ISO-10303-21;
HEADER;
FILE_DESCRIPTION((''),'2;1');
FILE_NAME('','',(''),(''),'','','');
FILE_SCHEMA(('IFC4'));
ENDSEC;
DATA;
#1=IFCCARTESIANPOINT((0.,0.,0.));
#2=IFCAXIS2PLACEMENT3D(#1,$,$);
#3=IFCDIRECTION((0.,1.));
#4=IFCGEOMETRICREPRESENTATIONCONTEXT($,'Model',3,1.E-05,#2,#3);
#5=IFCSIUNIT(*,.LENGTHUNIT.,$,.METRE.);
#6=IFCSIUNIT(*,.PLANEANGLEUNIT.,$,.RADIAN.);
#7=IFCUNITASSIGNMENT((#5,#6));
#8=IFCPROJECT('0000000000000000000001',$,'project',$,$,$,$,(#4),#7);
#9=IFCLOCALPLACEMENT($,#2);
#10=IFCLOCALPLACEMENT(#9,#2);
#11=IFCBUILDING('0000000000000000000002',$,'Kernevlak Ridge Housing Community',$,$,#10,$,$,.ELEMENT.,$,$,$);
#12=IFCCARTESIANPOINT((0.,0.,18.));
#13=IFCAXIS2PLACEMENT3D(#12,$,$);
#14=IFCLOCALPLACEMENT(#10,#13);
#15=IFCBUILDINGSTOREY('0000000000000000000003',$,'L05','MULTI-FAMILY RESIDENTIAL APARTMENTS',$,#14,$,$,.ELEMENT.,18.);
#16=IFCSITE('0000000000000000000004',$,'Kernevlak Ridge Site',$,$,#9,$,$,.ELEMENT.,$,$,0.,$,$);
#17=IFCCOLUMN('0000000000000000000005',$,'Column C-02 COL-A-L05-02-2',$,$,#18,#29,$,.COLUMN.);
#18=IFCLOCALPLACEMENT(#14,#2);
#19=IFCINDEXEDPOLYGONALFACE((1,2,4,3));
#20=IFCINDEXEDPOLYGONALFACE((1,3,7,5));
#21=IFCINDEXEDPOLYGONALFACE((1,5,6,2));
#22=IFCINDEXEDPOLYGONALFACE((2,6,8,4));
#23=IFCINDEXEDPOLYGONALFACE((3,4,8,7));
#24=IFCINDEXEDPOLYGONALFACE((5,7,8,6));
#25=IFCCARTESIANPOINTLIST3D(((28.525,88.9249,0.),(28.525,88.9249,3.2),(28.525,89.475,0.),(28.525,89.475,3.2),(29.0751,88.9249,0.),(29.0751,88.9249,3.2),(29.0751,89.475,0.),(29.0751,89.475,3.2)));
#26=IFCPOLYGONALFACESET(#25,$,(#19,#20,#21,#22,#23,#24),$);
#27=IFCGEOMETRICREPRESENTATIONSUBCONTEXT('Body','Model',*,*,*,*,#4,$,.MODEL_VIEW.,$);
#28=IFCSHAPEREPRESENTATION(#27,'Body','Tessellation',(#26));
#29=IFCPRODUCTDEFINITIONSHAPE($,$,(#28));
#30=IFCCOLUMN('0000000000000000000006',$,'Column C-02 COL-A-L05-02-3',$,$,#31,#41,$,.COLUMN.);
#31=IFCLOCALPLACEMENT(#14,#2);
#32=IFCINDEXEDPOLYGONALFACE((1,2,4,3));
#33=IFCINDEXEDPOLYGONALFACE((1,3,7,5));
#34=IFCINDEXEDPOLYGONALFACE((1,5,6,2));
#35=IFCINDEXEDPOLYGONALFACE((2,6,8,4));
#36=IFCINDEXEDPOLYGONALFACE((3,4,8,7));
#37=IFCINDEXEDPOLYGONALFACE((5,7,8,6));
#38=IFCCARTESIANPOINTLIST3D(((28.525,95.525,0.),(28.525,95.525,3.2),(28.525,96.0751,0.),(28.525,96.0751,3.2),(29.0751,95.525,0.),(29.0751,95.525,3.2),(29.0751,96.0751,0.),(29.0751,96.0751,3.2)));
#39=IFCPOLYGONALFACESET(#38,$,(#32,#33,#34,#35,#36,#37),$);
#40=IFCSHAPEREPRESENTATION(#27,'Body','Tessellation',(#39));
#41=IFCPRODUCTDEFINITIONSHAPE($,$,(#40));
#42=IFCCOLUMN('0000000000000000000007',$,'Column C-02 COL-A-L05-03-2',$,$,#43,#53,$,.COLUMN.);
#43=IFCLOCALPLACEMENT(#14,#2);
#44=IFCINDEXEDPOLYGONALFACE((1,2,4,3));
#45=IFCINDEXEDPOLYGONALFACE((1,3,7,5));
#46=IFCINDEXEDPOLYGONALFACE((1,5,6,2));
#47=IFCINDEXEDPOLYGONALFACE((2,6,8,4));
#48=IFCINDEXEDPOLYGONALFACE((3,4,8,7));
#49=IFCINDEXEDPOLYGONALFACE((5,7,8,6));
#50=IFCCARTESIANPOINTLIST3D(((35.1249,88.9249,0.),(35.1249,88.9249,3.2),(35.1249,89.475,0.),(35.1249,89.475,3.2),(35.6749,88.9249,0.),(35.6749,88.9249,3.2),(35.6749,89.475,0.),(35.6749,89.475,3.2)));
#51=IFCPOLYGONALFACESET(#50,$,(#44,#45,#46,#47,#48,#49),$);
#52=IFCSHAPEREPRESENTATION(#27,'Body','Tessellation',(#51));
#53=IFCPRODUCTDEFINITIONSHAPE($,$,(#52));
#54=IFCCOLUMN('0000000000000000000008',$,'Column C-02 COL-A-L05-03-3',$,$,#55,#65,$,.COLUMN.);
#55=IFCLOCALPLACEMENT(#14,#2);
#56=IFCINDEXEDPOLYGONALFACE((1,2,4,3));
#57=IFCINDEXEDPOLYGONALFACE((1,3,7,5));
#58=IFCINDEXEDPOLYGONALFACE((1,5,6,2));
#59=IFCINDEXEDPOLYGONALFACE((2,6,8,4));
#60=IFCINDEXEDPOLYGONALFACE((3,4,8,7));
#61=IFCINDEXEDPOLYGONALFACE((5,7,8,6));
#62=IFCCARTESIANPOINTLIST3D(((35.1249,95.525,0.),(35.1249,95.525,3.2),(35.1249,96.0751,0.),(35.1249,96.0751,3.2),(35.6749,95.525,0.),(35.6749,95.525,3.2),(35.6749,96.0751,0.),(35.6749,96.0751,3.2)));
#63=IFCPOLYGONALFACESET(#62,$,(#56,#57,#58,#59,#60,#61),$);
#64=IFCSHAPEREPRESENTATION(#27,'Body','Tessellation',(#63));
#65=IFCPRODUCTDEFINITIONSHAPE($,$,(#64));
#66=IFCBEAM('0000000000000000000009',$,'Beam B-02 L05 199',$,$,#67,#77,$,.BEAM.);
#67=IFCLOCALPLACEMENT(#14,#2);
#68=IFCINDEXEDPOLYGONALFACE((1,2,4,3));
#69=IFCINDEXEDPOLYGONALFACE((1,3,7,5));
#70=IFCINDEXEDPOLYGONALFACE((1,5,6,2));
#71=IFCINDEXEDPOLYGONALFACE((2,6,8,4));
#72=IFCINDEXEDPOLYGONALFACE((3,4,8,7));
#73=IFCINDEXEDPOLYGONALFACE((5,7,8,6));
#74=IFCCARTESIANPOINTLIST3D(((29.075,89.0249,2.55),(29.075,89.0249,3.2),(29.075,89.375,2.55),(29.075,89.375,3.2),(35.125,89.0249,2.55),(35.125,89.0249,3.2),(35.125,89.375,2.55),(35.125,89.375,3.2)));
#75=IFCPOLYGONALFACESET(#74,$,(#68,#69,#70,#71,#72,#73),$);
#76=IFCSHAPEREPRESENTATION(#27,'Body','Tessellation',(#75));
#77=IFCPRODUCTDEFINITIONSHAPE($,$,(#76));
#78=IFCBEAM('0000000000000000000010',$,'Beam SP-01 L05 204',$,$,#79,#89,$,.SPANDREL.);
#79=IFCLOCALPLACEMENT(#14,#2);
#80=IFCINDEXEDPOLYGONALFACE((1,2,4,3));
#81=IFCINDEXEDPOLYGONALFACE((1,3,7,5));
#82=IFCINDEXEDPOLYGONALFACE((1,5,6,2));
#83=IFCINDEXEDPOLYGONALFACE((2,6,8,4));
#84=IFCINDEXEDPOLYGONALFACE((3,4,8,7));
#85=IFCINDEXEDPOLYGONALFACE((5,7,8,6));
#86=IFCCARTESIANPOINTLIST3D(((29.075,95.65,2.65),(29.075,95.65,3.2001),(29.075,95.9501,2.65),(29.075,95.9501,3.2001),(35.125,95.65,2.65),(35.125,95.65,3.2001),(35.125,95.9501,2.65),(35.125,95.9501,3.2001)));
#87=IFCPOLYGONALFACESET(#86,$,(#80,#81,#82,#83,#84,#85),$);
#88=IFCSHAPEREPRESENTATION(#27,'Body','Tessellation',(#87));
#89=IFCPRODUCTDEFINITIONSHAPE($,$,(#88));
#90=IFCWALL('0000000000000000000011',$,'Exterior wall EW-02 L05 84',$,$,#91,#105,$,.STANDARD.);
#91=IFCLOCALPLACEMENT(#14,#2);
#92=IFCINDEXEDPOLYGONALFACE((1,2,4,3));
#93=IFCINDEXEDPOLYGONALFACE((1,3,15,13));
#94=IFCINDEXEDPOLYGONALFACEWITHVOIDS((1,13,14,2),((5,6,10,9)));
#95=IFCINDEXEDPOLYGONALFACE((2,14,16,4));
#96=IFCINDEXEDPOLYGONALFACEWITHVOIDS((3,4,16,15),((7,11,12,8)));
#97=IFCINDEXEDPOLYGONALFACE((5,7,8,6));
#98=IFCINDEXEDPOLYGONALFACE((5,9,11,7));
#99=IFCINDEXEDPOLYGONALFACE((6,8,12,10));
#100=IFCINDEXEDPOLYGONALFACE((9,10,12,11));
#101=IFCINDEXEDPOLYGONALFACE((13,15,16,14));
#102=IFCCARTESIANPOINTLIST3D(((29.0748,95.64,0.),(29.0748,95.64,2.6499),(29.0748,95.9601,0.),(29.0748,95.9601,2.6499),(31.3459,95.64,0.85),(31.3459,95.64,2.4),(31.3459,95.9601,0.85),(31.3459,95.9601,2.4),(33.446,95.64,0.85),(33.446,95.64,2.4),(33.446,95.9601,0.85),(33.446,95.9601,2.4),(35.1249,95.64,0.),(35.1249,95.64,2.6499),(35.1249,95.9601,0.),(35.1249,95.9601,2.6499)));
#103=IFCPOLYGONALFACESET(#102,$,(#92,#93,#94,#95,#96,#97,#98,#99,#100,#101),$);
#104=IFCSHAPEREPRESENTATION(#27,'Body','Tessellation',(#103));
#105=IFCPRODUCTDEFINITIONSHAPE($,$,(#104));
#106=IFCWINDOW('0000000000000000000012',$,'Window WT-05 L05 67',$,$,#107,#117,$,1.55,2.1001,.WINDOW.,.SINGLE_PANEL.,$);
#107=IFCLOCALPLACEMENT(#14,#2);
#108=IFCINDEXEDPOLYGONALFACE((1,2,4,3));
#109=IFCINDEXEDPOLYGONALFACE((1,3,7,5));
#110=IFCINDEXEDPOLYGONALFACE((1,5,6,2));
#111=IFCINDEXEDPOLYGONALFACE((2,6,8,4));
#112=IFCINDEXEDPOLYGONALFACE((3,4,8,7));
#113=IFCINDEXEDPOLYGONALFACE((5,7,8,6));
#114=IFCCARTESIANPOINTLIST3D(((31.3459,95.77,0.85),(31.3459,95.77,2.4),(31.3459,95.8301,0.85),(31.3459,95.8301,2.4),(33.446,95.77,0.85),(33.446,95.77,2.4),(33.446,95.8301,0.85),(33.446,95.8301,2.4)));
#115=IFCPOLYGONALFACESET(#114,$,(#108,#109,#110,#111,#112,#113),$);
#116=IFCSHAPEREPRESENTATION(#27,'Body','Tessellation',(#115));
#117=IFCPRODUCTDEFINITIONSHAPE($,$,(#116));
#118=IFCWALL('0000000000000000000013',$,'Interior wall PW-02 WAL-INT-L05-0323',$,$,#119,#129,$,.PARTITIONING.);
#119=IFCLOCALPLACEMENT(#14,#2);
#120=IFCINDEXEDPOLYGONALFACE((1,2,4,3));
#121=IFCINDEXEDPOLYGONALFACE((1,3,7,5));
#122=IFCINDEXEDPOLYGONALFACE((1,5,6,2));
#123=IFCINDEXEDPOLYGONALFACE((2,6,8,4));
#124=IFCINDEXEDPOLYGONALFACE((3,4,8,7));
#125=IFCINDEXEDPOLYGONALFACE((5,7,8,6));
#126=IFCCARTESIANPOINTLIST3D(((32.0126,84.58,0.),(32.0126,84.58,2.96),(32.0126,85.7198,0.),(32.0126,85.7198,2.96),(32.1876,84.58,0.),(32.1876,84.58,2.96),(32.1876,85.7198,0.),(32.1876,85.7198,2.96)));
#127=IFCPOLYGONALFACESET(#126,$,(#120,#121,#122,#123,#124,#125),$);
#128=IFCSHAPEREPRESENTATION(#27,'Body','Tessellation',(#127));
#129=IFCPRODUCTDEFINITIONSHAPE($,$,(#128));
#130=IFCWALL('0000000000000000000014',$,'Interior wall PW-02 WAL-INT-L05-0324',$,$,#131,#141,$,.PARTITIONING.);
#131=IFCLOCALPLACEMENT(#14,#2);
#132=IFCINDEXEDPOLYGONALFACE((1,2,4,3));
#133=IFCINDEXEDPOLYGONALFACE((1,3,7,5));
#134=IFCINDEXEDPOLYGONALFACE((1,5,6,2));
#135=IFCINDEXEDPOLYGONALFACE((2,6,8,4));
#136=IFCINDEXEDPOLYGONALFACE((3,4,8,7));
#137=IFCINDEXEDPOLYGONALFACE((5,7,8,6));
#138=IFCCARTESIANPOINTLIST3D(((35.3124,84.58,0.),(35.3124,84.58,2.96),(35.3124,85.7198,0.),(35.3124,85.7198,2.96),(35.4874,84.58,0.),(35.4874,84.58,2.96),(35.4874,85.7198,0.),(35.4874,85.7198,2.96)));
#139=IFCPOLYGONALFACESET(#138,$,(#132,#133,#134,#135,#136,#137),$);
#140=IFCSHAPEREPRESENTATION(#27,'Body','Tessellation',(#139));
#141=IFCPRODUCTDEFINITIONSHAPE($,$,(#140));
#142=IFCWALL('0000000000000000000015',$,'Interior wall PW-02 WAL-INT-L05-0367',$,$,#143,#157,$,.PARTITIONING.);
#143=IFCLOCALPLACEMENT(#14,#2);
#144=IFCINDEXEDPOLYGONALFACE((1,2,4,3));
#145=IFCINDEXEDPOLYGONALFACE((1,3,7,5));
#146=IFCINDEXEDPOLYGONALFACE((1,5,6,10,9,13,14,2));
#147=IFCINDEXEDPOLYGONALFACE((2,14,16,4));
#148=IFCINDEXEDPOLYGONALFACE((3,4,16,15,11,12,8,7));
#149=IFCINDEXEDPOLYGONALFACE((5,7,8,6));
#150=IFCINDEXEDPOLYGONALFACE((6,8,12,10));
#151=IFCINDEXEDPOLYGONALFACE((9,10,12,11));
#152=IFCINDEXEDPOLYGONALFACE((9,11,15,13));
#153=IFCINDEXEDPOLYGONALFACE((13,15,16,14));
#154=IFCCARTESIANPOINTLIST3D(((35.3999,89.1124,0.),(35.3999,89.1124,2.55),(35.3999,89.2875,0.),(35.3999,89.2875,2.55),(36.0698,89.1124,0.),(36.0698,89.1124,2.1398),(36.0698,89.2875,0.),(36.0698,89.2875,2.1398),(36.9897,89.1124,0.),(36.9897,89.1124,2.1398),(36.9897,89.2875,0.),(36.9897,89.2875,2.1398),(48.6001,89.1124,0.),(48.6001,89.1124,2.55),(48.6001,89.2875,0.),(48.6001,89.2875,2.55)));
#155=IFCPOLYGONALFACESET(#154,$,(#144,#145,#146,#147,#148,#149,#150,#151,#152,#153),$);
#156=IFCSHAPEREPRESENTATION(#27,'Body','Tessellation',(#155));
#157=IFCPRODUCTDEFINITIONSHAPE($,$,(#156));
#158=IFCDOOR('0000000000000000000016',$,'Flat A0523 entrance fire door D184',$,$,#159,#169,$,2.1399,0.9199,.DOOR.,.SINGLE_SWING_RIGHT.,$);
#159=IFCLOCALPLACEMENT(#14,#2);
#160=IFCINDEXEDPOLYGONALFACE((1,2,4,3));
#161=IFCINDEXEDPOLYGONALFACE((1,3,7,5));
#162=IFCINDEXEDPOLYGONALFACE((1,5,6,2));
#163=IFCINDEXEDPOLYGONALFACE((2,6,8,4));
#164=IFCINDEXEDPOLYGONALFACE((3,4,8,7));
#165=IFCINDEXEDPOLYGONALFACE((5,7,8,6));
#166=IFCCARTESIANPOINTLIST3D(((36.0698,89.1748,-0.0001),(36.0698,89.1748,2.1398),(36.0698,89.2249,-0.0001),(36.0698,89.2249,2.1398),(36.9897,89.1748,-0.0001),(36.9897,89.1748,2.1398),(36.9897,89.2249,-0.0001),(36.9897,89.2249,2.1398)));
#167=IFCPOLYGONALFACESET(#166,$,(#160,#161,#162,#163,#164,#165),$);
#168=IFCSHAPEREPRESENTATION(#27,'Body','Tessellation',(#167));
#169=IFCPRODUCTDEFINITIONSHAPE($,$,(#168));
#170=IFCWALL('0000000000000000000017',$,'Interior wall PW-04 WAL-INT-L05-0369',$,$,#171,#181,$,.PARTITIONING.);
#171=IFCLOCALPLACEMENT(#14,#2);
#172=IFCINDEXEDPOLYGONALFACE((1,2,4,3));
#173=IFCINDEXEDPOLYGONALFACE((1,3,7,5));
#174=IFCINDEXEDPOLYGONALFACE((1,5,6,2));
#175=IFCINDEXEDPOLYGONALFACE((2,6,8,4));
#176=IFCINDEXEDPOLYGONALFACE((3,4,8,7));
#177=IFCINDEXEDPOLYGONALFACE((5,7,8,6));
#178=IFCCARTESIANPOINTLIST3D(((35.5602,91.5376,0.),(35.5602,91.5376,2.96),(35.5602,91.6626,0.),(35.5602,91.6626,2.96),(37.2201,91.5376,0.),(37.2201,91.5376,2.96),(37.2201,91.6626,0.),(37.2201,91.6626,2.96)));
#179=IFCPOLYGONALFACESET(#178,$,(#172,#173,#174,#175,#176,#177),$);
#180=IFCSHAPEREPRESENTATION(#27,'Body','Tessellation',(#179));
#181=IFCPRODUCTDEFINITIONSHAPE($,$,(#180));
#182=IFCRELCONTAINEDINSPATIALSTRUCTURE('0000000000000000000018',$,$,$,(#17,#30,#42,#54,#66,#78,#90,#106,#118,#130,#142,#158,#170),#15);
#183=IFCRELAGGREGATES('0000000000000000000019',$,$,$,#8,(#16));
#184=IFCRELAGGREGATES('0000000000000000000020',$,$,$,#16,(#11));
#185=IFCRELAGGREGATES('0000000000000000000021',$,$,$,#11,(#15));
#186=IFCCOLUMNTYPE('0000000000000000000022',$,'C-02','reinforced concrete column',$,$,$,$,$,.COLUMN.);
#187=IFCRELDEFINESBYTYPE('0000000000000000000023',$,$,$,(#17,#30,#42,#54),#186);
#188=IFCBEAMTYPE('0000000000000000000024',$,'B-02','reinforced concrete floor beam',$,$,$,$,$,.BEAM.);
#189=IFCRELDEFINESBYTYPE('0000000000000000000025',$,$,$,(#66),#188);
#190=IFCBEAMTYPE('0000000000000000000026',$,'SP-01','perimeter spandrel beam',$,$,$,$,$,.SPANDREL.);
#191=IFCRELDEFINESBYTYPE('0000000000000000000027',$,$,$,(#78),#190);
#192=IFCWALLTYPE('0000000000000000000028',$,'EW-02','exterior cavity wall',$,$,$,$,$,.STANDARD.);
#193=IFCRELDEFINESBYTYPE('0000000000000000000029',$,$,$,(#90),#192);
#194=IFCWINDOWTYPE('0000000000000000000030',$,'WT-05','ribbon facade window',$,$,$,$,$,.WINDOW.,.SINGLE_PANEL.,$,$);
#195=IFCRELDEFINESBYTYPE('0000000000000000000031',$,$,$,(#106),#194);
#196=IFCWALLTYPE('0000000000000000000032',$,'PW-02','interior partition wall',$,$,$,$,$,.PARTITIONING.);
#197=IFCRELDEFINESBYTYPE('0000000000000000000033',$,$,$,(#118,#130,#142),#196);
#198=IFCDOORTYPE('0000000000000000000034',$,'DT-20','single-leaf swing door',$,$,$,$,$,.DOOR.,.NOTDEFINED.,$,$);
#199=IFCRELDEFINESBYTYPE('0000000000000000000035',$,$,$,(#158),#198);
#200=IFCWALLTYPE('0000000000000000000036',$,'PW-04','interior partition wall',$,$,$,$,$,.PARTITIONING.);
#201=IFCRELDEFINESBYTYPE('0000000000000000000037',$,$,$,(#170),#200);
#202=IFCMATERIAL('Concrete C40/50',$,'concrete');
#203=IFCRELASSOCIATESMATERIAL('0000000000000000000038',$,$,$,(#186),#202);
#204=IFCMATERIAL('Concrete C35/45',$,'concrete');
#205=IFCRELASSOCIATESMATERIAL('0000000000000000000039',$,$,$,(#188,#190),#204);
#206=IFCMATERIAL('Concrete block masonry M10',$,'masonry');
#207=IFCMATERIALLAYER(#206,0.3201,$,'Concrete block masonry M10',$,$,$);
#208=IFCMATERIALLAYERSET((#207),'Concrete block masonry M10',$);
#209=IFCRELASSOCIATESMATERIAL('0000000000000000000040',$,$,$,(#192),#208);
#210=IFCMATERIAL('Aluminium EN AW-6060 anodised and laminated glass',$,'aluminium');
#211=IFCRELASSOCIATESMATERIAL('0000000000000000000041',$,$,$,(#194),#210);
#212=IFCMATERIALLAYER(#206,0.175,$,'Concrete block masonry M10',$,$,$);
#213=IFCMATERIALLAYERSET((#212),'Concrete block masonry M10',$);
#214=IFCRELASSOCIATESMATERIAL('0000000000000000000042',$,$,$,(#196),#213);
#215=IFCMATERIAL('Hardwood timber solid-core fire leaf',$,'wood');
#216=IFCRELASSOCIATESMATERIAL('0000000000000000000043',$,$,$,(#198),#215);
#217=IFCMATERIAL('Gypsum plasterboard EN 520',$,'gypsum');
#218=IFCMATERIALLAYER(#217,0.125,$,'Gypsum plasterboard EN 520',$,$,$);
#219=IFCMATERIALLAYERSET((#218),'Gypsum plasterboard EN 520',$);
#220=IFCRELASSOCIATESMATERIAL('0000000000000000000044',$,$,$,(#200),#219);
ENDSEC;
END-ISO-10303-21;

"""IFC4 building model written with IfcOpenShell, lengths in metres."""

from ifc_helpers import new_model, si_unit, direction, frame, frame_2d, origin, origin_2d, place, context, subcontext, project, spatial, rectangle, extrude, material, layer, layer_set, material_profile, profile_set, type_object, element, fill, save


model = new_model("IFC4")

# Units and contexts
model_context = context("Model", 3, precision=1e-05, world=origin(), true_north=direction((0.0, 1.0)))
body_context = subcontext(model_context, "Body", "Model", "MODEL_VIEW")
ifc_project = project(units=[si_unit("LENGTHUNIT", "METRE"), si_unit("PLANEANGLEUNIT", "RADIAN")], contexts=[model_context])

# Site, building, storey
site_placement = place(None, origin())
site = spatial("IfcSite", under=ifc_project, at=site_placement, Name="Kernevlak Ridge Site", CompositionType="ELEMENT", RefElevation=0.0)
building_placement = place(site_placement, origin())
building = spatial("IfcBuilding", under=site, at=building_placement, Name="Kernevlak Ridge Housing Community", CompositionType="ELEMENT")
storey_placement = place(building_placement, frame((0.0, 0.0, 18.0)))
storey = spatial("IfcBuildingStorey", under=building, at=storey_placement, Name="L05", Description="MULTI-FAMILY RESIDENTIAL APARTMENTS", CompositionType="ELEMENT", Elevation=18.0)

# Columns
ifc_material_1 = material(Name="Concrete C40/50", Category="concrete")
ifc_material_profile_1 = material_profile(ifc_material_1, rectangle(XDim=0.55, YDim=0.55, at=origin_2d()), Name="RC 550x550")
ifc_profile_set_1 = profile_set([ifc_material_profile_1], Name="Concrete C40/50")
column_type = type_object("IfcColumnType", Name="C-02", Description="reinforced concrete column", PredefinedType="COLUMN", material=ifc_profile_set_1)
for number, where, z_axis, x_axis, name in (
    (1, (28.8, 89.2, 0.0), (0.0, 0.0, 1.0), (1.0, 0.0, 0.0), "Column C-02 COL-A-L05-02-2"),
    (2, (28.8, 95.8, 0.0), (0.0, 0.0, 1.0), (1.0, 0.0, 0.0), "Column C-02 COL-A-L05-02-3"),
    (3, (35.3999, 89.2, 0.0), (0.0, 0.0, 1.0), (1.0, 0.0, 0.0), "Column C-02 COL-A-L05-03-2"),
    (4, (35.3999, 95.8, 0.0), (0.0, 0.0, 1.0), (1.0, 0.0, 0.0), "Column C-02 COL-A-L05-03-3"),
):
    element("IfcColumn", number, at=place(storey_placement, frame(where, z_axis=z_axis, x_axis=x_axis)), inside=storey, type_object=column_type, Name=name, PredefinedType="COLUMN", context=body_context, shape_type="SweptSolid", body=[
        extrude(rectangle(XDim=0.55, YDim=0.55, at=origin_2d()), origin(), (0.0, 0.0, 1.0), 3.2),
    ])

# Beams
ifc_material_2 = material(Name="Concrete C35/45", Category="concrete")
ifc_material_profile_2 = material_profile(ifc_material_2, rectangle(XDim=0.3501, YDim=0.6499, at=origin_2d()), Name="RC 350x650")
ifc_profile_set_2 = profile_set([ifc_material_profile_2], Name="Concrete C35/45")
beam_type_1 = type_object("IfcBeamType", Name="B-02", Description="reinforced concrete floor beam", PredefinedType="BEAM", material=ifc_profile_set_2)
beam_1_placement = place(storey_placement, frame((29.075, 89.2, 2.875), z_axis=(1.0, 0.0, 0.0), x_axis=(0.0, 1.0, 0.0)))
element("IfcBeam", 5, at=beam_1_placement, inside=storey, type_object=beam_type_1, Name="Beam B-02 L05 199", PredefinedType="BEAM", context=body_context, shape_type="SweptSolid", body=[
    extrude(rectangle(XDim=0.3501, YDim=0.6499, at=origin_2d()), origin(), (0.0, 0.0, 1.0), 6.05),
])
ifc_material_profile_3 = material_profile(ifc_material_2, rectangle(XDim=0.3, YDim=0.55, at=origin_2d()), Name="RC 300x550")
ifc_profile_set_3 = profile_set([ifc_material_profile_3], Name="Concrete C35/45")
beam_type_2 = type_object("IfcBeamType", Name="SP-01", Description="perimeter spandrel beam", PredefinedType="SPANDREL", material=ifc_profile_set_3)
beam_2_placement = place(storey_placement, frame((29.075, 95.8, 2.925), z_axis=(1.0, 0.0, 0.0), x_axis=(0.0, 1.0, 0.0)))
element("IfcBeam", 6, at=beam_2_placement, inside=storey, type_object=beam_type_2, Name="Beam SP-01 L05 204", PredefinedType="SPANDREL", context=body_context, shape_type="SweptSolid", body=[
    extrude(rectangle(XDim=0.3, YDim=0.55, at=origin_2d()), origin(), (0.0, 0.0, 1.0), 6.05),
])

# Wall, opening, window
ifc_material_3 = material(Name="Concrete block masonry M10", Category="masonry")
ifc_layer_1 = layer(ifc_material_3, 0.3201, Name="Concrete block masonry M10")
ifc_layer_set_1 = layer_set([ifc_layer_1], Name="Concrete block masonry M10")
wall_type_1 = type_object("IfcWallType", Name="EW-02", Description="exterior cavity wall", PredefinedType="STANDARD", material=ifc_layer_set_1)
wall_1_placement = place(storey_placement, frame((29.075, 95.8, 0.0), z_axis=(0.0, 0.0, 1.0), x_axis=(1.0, 0.0, 0.0)))
wall_1 = element("IfcWall", 7, at=wall_1_placement, inside=storey, type_object=wall_type_1, Name="Exterior wall EW-02 L05 84", PredefinedType="STANDARD", context=body_context, shape_type="SweptSolid", body=[
    extrude(rectangle(XDim=6.05, YDim=0.3201, at=frame_2d((3.0249, 0.0))), origin(), (0.0, 0.0, 1.0), 2.6499),
])
opening_1_placement = place(wall_1_placement, frame((2.271, 0.0, 0.8501)))
opening_1 = element("IfcOpeningElement", 8, at=opening_1_placement, cuts=wall_1, PredefinedType="OPENING", context=body_context, shape_type="SweptSolid", body=[
    extrude(rectangle(XDim=2.1001, YDim=1.55, at=frame_2d((1.05, 0.7749))), frame((0.0, 0.1699, 0.0), z_axis=(0.0, -1.0, 0.0), x_axis=(1.0, 0.0, 0.0)), (0.0, 0.0, 1.0), 0.3401),
])
ifc_material_4 = material(Name="Aluminium EN AW-6060 anodised and laminated glass", Category="aluminium")
window_type = type_object("IfcWindowType", Name="WT-05", Description="ribbon facade window", PartitioningType="SINGLE_PANEL", PredefinedType="WINDOW", material=ifc_material_4)
window_placement = place(opening_1_placement, origin())
window = element("IfcWindow", 9, at=window_placement, inside=storey, type_object=window_type, Name="Window WT-05 L05 67", OverallHeight=1.55, OverallWidth=2.1001, PartitioningType="SINGLE_PANEL", PredefinedType="WINDOW", context=body_context, shape_type="SweptSolid", body=[
    extrude(rectangle(XDim=2.1001, YDim=1.55, at=frame_2d((1.05, 0.7749))), frame((0.0, 0.03, 0.0), z_axis=(0.0, -1.0, 0.0), x_axis=(1.0, 0.0, 0.0)), (0.0, 0.0, 1.0), 0.0601),
])
fill(opening_1, window)

# Walls
ifc_layer_2 = layer(ifc_material_3, 0.175, Name="Concrete block masonry M10")
ifc_layer_set_2 = layer_set([ifc_layer_2], Name="Concrete block masonry M10")
wall_type_2 = type_object("IfcWallType", Name="PW-02", Description="interior partition wall", PredefinedType="PARTITIONING", material=ifc_layer_set_2)
for number, where, z_axis, x_axis, name in (
    (10, (32.1001, 84.5801, 0.0), (0.0, 0.0, 1.0), (0.0, 1.0, 0.0), "Interior wall PW-02 WAL-INT-L05-0323"),
    (11, (35.3999, 84.5801, 0.0), (0.0, 0.0, 1.0), (0.0, 1.0, 0.0), "Interior wall PW-02 WAL-INT-L05-0324"),
):
    element("IfcWall", number, at=place(storey_placement, frame(where, z_axis=z_axis, x_axis=x_axis)), inside=storey, type_object=wall_type_2, Name=name, PredefinedType="PARTITIONING", context=body_context, shape_type="SweptSolid", body=[
        extrude(rectangle(XDim=1.1399, YDim=0.175, at=frame_2d((0.5698, 0.0))), origin(), (0.0, 0.0, 1.0), 2.96),
    ])

# Wall, opening, door
wall_2_placement = place(storey_placement, frame((35.3999, 89.2, 0.0), z_axis=(0.0, 0.0, 1.0), x_axis=(1.0, 0.0, 0.0)))
wall_2 = element("IfcWall", 12, at=wall_2_placement, inside=storey, type_object=wall_type_2, Name="Interior wall PW-02 WAL-INT-L05-0367", PredefinedType="PARTITIONING", context=body_context, shape_type="SweptSolid", body=[
    extrude(rectangle(XDim=13.2002, YDim=0.175, at=frame_2d((6.6001, 0.0))), origin(), (0.0, 0.0, 1.0), 2.55),
])
opening_2_placement = place(wall_2_placement, frame((0.6699, 0.0, 0.0)))
opening_2 = element("IfcOpeningElement", 13, at=opening_2_placement, cuts=wall_2, PredefinedType="OPENING", context=body_context, shape_type="SweptSolid", body=[
    extrude(rectangle(XDim=0.9199, YDim=2.1399, at=frame_2d((0.46, 1.0698))), frame((0.0, 0.0974, 0.0), z_axis=(0.0, -1.0, 0.0), x_axis=(1.0, 0.0, 0.0)), (0.0, 0.0, 1.0), 0.1951),
])
ifc_material_5 = material(Name="Hardwood timber solid-core fire leaf", Category="wood")
door_type_1 = type_object("IfcDoorType", Name="DT-20", Description="single-leaf swing door", OperationType="NOTDEFINED", PredefinedType="DOOR", material=ifc_material_5)
door_1_placement = place(opening_2_placement, origin())
door_1 = element("IfcDoor", 14, at=door_1_placement, inside=storey, type_object=door_type_1, Name="Flat A0523 entrance fire door D184", OperationType="SINGLE_SWING_RIGHT", OverallHeight=2.1399, OverallWidth=0.9199, PredefinedType="DOOR", context=body_context, shape_type="SweptSolid", body=[
    extrude(rectangle(XDim=0.9199, YDim=2.1399, at=frame_2d((0.46, 1.0698))), frame((0.0, 0.0249, 0.0), z_axis=(0.0, -1.0, 0.0), x_axis=(1.0, 0.0, 0.0)), (0.0, 0.0, 1.0), 0.05),
])
fill(opening_2, door_1)

# Wall
ifc_material_6 = material(Name="Gypsum plasterboard EN 520", Category="gypsum")
ifc_layer_3 = layer(ifc_material_6, 0.125, Name="Gypsum plasterboard EN 520")
ifc_layer_set_3 = layer_set([ifc_layer_3], Name="Gypsum plasterboard EN 520")
wall_type_3 = type_object("IfcWallType", Name="PW-04", Description="interior partition wall", PredefinedType="PARTITIONING", material=ifc_layer_set_3)
wall_3_placement = place(storey_placement, frame((35.5601, 91.6001, 0.0), z_axis=(0.0, 0.0, 1.0), x_axis=(1.0, 0.0, 0.0)))
element("IfcWall", 15, at=wall_3_placement, inside=storey, type_object=wall_type_3, Name="Interior wall PW-04 WAL-INT-L05-0369", PredefinedType="PARTITIONING", context=body_context, shape_type="SweptSolid", body=[
    extrude(rectangle(XDim=1.6599, YDim=0.125, at=frame_2d((0.8301, 0.0))), origin(), (0.0, 0.0, 1.0), 2.96),
])

save(model, "model.ifc")
